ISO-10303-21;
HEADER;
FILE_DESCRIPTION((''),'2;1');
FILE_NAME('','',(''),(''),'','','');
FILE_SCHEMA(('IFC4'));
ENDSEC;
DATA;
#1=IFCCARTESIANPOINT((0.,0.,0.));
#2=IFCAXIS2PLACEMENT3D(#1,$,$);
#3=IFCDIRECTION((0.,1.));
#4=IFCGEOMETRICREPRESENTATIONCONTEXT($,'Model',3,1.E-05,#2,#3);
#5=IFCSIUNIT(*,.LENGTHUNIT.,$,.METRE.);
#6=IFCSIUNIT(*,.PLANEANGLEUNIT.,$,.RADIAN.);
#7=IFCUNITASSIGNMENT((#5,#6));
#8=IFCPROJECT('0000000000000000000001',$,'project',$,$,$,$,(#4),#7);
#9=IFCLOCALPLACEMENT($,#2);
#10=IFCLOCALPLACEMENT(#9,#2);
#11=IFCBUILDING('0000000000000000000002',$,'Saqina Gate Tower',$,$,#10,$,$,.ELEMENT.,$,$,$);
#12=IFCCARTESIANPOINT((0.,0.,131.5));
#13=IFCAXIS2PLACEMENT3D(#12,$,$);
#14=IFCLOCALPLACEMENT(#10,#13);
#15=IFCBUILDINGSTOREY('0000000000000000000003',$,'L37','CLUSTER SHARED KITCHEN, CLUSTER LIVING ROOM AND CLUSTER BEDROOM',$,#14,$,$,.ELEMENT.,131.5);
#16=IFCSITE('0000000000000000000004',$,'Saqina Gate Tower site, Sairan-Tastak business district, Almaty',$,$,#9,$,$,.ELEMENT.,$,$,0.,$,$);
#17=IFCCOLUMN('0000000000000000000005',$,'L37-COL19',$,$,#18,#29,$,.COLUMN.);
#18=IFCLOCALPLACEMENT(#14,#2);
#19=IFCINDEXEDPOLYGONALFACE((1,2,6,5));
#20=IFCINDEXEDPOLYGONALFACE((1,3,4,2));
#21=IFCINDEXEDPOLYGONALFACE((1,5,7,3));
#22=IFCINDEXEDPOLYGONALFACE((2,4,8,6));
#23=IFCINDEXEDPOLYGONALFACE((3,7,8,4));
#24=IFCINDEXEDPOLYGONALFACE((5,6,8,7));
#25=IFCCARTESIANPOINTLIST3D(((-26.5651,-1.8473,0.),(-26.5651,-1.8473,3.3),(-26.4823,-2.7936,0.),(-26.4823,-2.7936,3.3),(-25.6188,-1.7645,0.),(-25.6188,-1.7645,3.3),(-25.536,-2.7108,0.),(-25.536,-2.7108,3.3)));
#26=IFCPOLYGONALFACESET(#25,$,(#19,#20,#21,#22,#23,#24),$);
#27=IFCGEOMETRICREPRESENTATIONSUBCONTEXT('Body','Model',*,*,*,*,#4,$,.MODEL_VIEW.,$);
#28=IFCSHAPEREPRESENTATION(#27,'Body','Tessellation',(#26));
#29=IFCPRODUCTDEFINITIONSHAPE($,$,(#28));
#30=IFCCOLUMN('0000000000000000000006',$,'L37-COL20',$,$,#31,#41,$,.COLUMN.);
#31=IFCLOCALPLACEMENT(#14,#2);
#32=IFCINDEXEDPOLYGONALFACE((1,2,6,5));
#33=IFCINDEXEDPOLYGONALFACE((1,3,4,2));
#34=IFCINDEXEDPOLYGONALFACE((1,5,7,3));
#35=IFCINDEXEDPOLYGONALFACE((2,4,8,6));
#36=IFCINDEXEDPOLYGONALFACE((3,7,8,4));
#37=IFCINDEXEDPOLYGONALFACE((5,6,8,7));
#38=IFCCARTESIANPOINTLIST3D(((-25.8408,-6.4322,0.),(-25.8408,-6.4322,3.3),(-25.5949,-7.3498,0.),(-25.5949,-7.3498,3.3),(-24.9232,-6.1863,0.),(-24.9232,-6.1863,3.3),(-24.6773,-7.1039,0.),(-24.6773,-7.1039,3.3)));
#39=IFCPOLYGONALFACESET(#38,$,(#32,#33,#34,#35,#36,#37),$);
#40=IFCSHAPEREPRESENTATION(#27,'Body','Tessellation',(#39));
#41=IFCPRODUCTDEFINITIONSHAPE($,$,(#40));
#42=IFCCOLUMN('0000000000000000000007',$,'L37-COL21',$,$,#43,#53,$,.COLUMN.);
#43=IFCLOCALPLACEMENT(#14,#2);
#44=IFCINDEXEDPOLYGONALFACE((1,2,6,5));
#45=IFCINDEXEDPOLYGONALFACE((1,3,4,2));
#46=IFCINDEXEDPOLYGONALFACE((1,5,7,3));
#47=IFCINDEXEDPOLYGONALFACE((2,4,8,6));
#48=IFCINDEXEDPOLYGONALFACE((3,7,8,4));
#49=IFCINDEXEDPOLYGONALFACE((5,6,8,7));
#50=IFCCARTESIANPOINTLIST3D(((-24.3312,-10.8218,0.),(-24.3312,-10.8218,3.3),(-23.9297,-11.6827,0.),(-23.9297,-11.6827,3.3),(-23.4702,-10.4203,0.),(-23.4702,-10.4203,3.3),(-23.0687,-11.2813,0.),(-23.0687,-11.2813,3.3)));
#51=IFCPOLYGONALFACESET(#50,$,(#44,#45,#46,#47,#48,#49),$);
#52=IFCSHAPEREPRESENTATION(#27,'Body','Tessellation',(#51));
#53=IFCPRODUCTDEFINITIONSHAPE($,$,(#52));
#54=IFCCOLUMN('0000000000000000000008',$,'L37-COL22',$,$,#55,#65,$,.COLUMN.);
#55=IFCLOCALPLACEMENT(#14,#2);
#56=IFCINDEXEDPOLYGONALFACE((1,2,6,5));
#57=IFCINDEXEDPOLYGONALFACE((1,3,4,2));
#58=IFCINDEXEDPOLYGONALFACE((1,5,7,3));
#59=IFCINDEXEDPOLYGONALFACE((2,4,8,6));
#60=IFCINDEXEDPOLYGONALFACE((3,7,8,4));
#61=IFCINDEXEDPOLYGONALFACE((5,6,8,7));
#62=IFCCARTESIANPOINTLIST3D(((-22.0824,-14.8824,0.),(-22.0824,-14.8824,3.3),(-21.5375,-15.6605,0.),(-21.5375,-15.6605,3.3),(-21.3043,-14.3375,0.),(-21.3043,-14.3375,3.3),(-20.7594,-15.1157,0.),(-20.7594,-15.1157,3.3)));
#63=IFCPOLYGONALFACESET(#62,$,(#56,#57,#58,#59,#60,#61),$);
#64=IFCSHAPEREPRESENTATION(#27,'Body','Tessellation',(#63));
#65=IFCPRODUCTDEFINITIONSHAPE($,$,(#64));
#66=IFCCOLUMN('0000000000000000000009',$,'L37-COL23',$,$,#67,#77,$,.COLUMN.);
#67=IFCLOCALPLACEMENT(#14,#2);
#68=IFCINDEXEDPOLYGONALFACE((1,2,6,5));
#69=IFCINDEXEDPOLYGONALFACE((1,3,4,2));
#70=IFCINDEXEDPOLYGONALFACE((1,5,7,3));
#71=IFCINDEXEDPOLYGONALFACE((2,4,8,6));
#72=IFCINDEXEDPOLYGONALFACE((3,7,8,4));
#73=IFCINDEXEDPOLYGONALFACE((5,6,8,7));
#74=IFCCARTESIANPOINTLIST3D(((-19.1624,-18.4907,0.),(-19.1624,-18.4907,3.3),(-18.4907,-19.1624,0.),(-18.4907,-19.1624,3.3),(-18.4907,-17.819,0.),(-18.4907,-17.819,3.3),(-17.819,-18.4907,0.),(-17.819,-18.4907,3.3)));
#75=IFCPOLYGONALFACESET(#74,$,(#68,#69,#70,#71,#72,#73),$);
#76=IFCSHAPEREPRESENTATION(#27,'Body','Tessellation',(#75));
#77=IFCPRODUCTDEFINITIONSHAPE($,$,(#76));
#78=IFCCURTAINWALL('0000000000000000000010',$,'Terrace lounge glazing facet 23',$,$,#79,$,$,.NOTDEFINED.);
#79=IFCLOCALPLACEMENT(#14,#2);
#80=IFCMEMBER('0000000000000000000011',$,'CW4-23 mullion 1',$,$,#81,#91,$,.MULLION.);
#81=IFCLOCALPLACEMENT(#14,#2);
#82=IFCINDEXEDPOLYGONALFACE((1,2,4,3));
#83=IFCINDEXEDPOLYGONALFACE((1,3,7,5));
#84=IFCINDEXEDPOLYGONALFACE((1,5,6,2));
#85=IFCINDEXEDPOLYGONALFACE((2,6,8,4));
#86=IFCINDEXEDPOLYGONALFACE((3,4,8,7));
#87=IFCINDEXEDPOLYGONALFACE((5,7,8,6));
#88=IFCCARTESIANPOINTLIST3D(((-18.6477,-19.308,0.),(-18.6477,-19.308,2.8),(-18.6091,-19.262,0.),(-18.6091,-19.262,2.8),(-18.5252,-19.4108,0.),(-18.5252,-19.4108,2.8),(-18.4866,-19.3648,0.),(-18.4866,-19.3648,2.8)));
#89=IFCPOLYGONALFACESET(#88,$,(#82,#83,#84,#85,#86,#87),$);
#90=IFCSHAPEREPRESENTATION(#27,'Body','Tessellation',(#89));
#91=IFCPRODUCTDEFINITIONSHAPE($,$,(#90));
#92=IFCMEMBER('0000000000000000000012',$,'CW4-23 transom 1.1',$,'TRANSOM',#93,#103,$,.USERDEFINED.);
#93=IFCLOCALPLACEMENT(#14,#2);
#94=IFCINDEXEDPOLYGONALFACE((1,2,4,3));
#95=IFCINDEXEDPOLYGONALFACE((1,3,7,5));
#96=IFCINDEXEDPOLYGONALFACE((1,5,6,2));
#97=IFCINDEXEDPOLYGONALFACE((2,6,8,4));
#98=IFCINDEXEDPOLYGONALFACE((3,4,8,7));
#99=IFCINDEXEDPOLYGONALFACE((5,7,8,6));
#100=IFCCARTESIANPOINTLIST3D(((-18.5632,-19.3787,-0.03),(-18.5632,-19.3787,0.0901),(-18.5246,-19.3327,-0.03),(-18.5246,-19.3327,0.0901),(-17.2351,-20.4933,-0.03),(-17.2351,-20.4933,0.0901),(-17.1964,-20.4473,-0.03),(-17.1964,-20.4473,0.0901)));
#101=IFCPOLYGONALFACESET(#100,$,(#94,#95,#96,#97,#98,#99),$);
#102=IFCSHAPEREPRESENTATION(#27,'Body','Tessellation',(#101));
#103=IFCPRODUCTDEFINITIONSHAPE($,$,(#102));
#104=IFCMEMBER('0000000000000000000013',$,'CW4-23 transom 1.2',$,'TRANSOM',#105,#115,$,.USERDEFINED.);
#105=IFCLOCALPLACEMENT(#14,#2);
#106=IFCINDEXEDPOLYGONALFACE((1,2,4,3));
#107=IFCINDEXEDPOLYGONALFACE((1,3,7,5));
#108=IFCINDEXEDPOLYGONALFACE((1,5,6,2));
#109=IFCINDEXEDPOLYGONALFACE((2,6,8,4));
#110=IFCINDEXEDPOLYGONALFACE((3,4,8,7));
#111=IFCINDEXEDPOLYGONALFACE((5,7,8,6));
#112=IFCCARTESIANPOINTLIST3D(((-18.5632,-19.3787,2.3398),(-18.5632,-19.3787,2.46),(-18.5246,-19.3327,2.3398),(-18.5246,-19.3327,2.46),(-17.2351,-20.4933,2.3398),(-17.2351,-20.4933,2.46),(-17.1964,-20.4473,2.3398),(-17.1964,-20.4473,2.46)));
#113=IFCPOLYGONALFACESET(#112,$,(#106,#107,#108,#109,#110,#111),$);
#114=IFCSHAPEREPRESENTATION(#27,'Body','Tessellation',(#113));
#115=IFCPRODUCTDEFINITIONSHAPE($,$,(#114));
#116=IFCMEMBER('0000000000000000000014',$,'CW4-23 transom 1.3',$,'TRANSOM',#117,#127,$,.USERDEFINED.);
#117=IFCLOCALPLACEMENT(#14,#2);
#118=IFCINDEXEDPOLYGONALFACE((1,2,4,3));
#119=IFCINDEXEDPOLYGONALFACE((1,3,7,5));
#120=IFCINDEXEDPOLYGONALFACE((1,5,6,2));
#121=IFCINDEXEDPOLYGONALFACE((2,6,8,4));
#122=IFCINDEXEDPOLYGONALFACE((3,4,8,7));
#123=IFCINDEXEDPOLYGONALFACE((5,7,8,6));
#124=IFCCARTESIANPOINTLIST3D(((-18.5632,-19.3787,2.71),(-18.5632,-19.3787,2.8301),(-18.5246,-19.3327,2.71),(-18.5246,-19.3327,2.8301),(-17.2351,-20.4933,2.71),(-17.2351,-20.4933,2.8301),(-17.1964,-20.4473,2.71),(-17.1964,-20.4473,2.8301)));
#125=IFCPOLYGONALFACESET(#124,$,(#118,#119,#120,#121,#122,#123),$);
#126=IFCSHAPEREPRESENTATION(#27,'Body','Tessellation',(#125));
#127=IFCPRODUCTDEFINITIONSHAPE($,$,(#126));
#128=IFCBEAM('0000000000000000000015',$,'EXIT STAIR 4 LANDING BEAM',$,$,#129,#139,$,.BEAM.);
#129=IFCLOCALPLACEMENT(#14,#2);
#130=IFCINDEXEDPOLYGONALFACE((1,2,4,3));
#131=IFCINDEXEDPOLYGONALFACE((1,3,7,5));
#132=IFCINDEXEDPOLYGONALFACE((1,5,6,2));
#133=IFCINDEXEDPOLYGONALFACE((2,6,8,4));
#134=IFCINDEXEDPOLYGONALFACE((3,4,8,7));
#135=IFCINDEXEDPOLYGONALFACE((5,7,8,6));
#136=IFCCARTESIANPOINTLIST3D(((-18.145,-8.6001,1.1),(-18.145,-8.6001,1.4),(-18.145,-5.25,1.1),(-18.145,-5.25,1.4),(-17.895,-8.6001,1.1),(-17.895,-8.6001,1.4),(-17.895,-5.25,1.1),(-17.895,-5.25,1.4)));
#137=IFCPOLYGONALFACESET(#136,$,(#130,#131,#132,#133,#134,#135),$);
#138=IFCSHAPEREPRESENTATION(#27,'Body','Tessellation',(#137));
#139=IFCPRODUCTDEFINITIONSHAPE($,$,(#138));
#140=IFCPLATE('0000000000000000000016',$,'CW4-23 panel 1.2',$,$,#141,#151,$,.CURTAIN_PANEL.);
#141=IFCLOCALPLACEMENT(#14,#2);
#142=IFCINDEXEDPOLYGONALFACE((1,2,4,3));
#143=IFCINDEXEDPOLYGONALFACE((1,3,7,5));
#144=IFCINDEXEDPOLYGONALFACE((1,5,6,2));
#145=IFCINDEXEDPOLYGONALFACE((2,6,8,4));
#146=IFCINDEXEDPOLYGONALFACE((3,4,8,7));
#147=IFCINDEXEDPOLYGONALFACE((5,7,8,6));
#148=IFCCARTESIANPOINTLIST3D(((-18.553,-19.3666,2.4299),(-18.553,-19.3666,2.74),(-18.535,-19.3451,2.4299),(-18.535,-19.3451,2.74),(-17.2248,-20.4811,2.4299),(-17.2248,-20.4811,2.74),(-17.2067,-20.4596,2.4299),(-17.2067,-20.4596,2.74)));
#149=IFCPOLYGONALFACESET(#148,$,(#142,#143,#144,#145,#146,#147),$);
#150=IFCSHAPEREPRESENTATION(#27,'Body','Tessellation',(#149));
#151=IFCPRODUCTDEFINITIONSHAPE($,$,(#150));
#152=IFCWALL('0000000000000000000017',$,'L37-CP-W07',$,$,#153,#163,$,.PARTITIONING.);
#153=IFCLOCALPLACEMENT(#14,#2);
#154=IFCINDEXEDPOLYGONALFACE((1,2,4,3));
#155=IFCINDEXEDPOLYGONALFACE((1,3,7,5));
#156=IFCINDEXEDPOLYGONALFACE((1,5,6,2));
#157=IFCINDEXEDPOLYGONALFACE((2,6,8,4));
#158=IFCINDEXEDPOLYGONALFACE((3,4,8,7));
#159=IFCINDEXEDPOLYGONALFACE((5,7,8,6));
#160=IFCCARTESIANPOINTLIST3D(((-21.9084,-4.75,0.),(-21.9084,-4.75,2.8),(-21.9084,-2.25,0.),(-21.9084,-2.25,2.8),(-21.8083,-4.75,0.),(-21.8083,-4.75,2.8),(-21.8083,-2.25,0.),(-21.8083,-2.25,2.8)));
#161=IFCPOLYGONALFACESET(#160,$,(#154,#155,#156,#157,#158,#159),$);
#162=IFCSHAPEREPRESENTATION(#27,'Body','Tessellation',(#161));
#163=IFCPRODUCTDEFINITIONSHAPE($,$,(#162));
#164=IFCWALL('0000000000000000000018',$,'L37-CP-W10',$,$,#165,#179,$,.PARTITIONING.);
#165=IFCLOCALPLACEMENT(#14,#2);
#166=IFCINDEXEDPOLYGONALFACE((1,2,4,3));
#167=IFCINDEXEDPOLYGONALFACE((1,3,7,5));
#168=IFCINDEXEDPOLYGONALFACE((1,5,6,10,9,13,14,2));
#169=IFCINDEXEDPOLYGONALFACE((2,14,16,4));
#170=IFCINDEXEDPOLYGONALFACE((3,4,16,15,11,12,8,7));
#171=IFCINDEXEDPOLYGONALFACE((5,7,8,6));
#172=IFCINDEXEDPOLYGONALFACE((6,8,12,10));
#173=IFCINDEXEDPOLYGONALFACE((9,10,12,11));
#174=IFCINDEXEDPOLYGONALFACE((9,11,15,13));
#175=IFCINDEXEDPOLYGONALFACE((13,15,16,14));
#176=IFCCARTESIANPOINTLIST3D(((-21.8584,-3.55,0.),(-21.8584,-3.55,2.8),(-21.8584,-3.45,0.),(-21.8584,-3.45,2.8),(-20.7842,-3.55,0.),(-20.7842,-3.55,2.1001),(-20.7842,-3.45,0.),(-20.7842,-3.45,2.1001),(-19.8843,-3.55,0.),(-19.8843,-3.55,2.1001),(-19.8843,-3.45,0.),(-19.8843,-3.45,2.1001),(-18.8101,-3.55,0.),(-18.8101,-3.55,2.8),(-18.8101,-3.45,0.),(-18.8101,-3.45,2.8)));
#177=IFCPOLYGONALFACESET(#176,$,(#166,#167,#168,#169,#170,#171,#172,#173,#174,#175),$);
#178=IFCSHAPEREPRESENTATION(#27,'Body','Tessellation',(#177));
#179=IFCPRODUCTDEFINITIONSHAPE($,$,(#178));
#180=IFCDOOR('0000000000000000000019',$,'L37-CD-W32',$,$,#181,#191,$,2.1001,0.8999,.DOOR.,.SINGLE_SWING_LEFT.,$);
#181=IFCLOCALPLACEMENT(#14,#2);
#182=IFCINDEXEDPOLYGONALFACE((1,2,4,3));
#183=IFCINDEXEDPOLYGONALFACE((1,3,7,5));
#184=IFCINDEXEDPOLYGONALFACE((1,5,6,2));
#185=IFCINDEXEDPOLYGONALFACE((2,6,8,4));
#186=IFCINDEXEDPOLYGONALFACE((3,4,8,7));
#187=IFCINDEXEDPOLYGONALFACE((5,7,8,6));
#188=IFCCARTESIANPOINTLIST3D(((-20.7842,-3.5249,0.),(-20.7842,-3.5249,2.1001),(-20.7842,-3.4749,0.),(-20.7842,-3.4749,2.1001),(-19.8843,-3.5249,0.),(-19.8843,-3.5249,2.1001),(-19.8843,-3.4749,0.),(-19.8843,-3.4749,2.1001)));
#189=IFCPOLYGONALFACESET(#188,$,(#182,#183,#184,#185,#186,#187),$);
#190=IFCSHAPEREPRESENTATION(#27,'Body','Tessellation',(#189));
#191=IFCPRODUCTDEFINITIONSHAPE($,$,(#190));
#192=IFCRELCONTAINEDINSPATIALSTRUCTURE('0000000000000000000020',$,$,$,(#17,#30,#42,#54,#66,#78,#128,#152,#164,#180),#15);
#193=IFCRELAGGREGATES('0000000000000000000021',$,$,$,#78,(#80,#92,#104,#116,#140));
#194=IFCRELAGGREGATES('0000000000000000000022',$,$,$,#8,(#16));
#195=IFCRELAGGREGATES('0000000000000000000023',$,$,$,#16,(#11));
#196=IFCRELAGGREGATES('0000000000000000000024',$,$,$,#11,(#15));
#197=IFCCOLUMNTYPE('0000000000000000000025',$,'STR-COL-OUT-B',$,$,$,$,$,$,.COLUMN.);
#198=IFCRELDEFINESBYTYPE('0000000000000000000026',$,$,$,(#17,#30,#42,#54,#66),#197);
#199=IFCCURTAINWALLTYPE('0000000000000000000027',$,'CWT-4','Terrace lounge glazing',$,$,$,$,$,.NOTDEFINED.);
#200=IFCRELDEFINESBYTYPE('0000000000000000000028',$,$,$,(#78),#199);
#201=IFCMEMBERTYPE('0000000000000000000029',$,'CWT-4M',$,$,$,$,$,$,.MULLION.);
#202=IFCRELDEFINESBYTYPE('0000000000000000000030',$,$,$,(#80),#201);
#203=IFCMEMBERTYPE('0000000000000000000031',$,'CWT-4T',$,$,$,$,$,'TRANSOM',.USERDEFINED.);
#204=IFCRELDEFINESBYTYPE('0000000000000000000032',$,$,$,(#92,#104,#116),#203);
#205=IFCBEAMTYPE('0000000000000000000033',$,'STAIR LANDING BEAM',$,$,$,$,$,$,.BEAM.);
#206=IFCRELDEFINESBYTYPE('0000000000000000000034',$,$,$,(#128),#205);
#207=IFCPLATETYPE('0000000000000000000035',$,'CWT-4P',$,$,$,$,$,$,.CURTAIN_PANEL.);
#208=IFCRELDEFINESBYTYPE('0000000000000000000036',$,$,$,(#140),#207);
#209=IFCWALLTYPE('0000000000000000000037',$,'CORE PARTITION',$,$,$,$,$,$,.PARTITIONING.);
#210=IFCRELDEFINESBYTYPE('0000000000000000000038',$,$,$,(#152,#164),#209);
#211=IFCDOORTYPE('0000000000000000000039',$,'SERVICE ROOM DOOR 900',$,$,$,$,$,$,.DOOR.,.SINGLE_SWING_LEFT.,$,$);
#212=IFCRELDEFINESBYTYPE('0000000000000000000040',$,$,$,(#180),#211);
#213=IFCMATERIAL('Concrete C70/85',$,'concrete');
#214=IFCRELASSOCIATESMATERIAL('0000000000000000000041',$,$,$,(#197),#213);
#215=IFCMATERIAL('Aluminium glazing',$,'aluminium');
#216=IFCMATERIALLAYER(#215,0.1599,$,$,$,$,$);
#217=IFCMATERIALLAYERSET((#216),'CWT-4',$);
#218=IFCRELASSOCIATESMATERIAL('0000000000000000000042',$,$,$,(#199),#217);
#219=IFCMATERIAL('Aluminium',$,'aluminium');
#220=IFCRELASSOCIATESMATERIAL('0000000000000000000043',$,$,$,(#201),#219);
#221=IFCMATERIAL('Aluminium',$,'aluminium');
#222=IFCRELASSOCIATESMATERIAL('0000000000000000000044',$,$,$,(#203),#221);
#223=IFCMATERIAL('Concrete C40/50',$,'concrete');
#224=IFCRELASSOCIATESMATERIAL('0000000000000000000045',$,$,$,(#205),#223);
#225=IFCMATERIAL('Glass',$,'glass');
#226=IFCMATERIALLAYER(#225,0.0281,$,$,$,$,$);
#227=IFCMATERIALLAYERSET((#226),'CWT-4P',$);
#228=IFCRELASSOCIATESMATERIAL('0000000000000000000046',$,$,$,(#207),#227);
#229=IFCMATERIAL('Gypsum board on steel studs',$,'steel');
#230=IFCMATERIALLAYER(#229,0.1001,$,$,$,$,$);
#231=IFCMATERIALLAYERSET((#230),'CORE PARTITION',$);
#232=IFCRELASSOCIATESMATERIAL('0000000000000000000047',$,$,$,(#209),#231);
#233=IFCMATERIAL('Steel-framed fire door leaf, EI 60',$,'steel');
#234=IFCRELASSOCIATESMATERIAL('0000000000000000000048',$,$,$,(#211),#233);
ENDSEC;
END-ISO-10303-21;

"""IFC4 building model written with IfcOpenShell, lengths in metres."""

from ifc_helpers import new_model, si_unit, direction, frame, frame_2d, origin, origin_2d, place, context, subcontext, project, spatial, rectangle, extrude, material, layer, layer_set, material_profile, profile_set, type_object, element, fill, aggregate, save


model = new_model("IFC4")

# Units and contexts
model_context = context("Model", 3, precision=1e-05, world=origin(), true_north=direction((0.0, 1.0)))
body_context = subcontext(model_context, "Body", "Model", "MODEL_VIEW")
ifc_project = project(units=[si_unit("LENGTHUNIT", "METRE"), si_unit("PLANEANGLEUNIT", "RADIAN")], contexts=[model_context])

# Site, building, storey
site_placement = place(None, origin())
site = spatial("IfcSite", under=ifc_project, at=site_placement, Name="Saqina Gate Tower site, Sairan-Tastak business district, Almaty", CompositionType="ELEMENT", RefElevation=0.0)
building_placement = place(site_placement, origin())
building = spatial("IfcBuilding", under=site, at=building_placement, Name="Saqina Gate Tower", CompositionType="ELEMENT")
storey_placement = place(building_placement, frame((0.0, 0.0, 131.5)))
storey = spatial("IfcBuildingStorey", under=building, at=storey_placement, Name="L37", Description="CLUSTER SHARED KITCHEN, CLUSTER LIVING ROOM AND CLUSTER BEDROOM", CompositionType="ELEMENT", Elevation=131.5)

# Columns
ifc_material_1 = material(Name="Concrete C70/85", Category="concrete")
ifc_material_profile_1 = material_profile(ifc_material_1, rectangle(XDim=0.95, YDim=0.95, at=origin_2d()), Name="RC 950x950")
ifc_profile_set_1 = profile_set([ifc_material_profile_1], Name="Concrete C70/85")
column_type = type_object("IfcColumnType", Name="STR-COL-OUT-B", PredefinedType="COLUMN", material=ifc_profile_set_1)
for number, where, z_axis, x_axis, name in (
    (1, (-26.0505, -2.2791, 0.0), (0.0, 0.0, 1.0), (-0.996195, -0.087156, 0.0), "L37-COL19"),
    (2, (-25.259, -6.7681, 0.0), (0.0, 0.0, 1.0), (-0.965926, -0.258819, 0.0), "L37-COL20"),
    (3, (-23.7, -11.0515, 0.0), (0.0, 0.0, 1.0), (-0.906308, -0.422618, 0.0), "L37-COL21"),
    (4, (-21.4209, -14.999, 0.0), (0.0, 0.0, 1.0), (-0.819152, -0.573576, 0.0), "L37-COL22"),
    (5, (-18.4907, -18.4907, 0.0), (0.0, 0.0, 1.0), (-0.707107, -0.707107, 0.0), "L37-COL23"),
):
    element("IfcColumn", number, at=place(storey_placement, frame(where, z_axis=z_axis, x_axis=x_axis)), inside=storey, type_object=column_type, Name=name, PredefinedType="COLUMN", context=body_context, shape_type="SweptSolid", body=[
        extrude(rectangle(XDim=0.95, YDim=0.95, at=origin_2d()), origin(), (0.0, 0.0, 1.0), 3.3),
    ])

# Curtain wall, members
ifc_material_2 = material(Name="Aluminium glazing", Category="aluminium")
ifc_layer_1 = layer(ifc_material_2, 0.1599)
ifc_layer_set_1 = layer_set([ifc_layer_1], Name="CWT-4")
curtain_wall_type = type_object("IfcCurtainWallType", Name="CWT-4", Description="Terrace lounge glazing", PredefinedType="NOTDEFINED", material=ifc_layer_set_1)
curtain_wall_placement = place(storey_placement, origin())
curtain_wall = element("IfcCurtainWall", 6, at=curtain_wall_placement, inside=storey, type_object=curtain_wall_type, Name="Terrace lounge glazing facet 23", PredefinedType="NOTDEFINED")
ifc_material_3 = material(Name="Aluminium", Category="aluminium")
ifc_material_profile_2 = material_profile(ifc_material_3, rectangle(XDim=0.0601, YDim=0.1599, at=origin_2d()), Name="Aluminium 60x160")
ifc_profile_set_2 = profile_set([ifc_material_profile_2], Name="Aluminium")
member_type_1 = type_object("IfcMemberType", Name="CWT-4M", PredefinedType="MULLION", material=ifc_profile_set_2)
member_1_placement = place(storey_placement, frame((-18.5671, -19.3364, 0.0), z_axis=(0.0, 0.0, 1.0), x_axis=(0.642791, 0.766042, 0.0)))
member_1 = element("IfcMember", 7, at=member_1_placement, type_object=member_type_1, Name="CW4-23 mullion 1", PredefinedType="MULLION", context=body_context, shape_type="SweptSolid", body=[
    extrude(rectangle(XDim=0.0601, YDim=0.1599, at=origin_2d()), origin(), (0.0, 0.0, 1.0), 2.8),
])
ifc_material_4 = material(Name="Aluminium", Category="aluminium")
ifc_material_profile_3 = material_profile(ifc_material_4, rectangle(XDim=0.0601, YDim=0.1201, at=origin_2d()), Name="Aluminium 60x120")
ifc_profile_set_3 = profile_set([ifc_material_profile_3], Name="Aluminium")
member_type_2 = type_object("IfcMemberType", Name="CWT-4T", ElementType="TRANSOM", PredefinedType="USERDEFINED", material=ifc_profile_set_3)
member_2_placement = place(storey_placement, frame((-18.5439, -19.3557, 0.03), z_axis=(0.766024, -0.642812, 0.0), x_axis=(0.642812, 0.766024, 0.0)))
member_2 = element("IfcMember", 8, at=member_2_placement, type_object=member_type_2, Name="CW4-23 transom 1.1", ObjectType="TRANSOM", PredefinedType="USERDEFINED", context=body_context, shape_type="SweptSolid", body=[
    extrude(rectangle(XDim=0.0601, YDim=0.1201, at=origin_2d()), origin(), (0.0, 0.0, 1.0), 1.7339),
])
member_3_placement = place(storey_placement, frame((-18.5439, -19.3557, 2.3999), z_axis=(0.766024, -0.642812, 0.0), x_axis=(0.642812, 0.766024, 0.0)))
member_3 = element("IfcMember", 9, at=member_3_placement, type_object=member_type_2, Name="CW4-23 transom 1.2", ObjectType="TRANSOM", PredefinedType="USERDEFINED", context=body_context, shape_type="SweptSolid", body=[
    extrude(rectangle(XDim=0.0601, YDim=0.1201, at=origin_2d()), origin(), (0.0, 0.0, 1.0), 1.7339),
])
member_4_placement = place(storey_placement, frame((-18.5439, -19.3557, 2.77), z_axis=(0.766024, -0.642812, 0.0), x_axis=(0.642812, 0.766024, 0.0)))
member_4 = element("IfcMember", 10, at=member_4_placement, type_object=member_type_2, Name="CW4-23 transom 1.3", ObjectType="TRANSOM", PredefinedType="USERDEFINED", context=body_context, shape_type="SweptSolid", body=[
    extrude(rectangle(XDim=0.0601, YDim=0.1201, at=origin_2d()), origin(), (0.0, 0.0, 1.0), 1.7339),
])

# Beam
ifc_material_5 = material(Name="Concrete C40/50", Category="concrete")
ifc_material_profile_4 = material_profile(ifc_material_5, rectangle(XDim=0.25, YDim=0.3, at=origin_2d()), Name="STAIR LANDING BEAM")
ifc_profile_set_4 = profile_set([ifc_material_profile_4], Name="Concrete C40/50")
beam_type = type_object("IfcBeamType", Name="STAIR LANDING BEAM", PredefinedType="BEAM", material=ifc_profile_set_4)
beam_placement = place(storey_placement, frame((-18.02, -8.6001, 1.25), z_axis=(0.0, 1.0, 0.0), x_axis=(-1.0, 0.0, 0.0)))
element("IfcBeam", 11, at=beam_placement, inside=storey, type_object=beam_type, Name="EXIT STAIR 4 LANDING BEAM", PredefinedType="BEAM", context=body_context, shape_type="SweptSolid", body=[
    extrude(rectangle(XDim=0.25, YDim=0.3, at=origin_2d()), origin(), (0.0, 0.0, 1.0), 3.3501),
])

# Plate
ifc_material_6 = material(Name="Glass", Category="glass")
ifc_layer_2 = layer(ifc_material_6, 0.0281)
ifc_layer_set_2 = layer_set([ifc_layer_2], Name="CWT-4P")
plate_type = type_object("IfcPlateType", Name="CWT-4P", PredefinedType="CURTAIN_PANEL", material=ifc_layer_set_2)
plate_placement = place(storey_placement, frame((-17.8799, -19.9131, 2.4299), z_axis=(0.0, 0.0, 1.0), x_axis=(0.766042, -0.642791, 0.0)))
plate = element("IfcPlate", 12, at=plate_placement, type_object=plate_type, Name="CW4-23 panel 1.2", PredefinedType="CURTAIN_PANEL", context=body_context, shape_type="SweptSolid", body=[
    extrude(rectangle(XDim=1.7339, YDim=0.0281, at=origin_2d()), origin(), (0.0, 0.0, 1.0), 0.3101),
])
aggregate(curtain_wall, [member_1, member_2, member_3, member_4, plate])

# Wall
ifc_material_7 = material(Name="Gypsum board on steel studs", Category="steel")
ifc_layer_3 = layer(ifc_material_7, 0.1001)
ifc_layer_set_3 = layer_set([ifc_layer_3], Name="CORE PARTITION")
wall_type_1 = type_object("IfcWallType", Name="CORE PARTITION", PredefinedType="PARTITIONING", material=ifc_layer_set_3)
wall_1_placement = place(storey_placement, frame((-21.8584, -4.75, 0.0), z_axis=(0.0, 0.0, 1.0), x_axis=(0.0, 1.0, 0.0)))
element("IfcWall", 13, at=wall_1_placement, inside=storey, type_object=wall_type_1, Name="L37-CP-W07", PredefinedType="PARTITIONING", context=body_context, shape_type="SweptSolid", body=[
    extrude(rectangle(XDim=2.5, YDim=0.1001, at=frame_2d((1.25, 0.0))), origin(), (0.0, 0.0, 1.0), 2.8),
])

# Wall, opening, door
wall_2_placement = place(storey_placement, frame((-18.8101, -3.5, 0.0), z_axis=(0.0, 0.0, 1.0), x_axis=(-1.0, 0.0, 0.0)))
wall_2 = element("IfcWall", 14, at=wall_2_placement, inside=storey, type_object=wall_type_1, Name="L37-CP-W10", PredefinedType="PARTITIONING", context=body_context, shape_type="SweptSolid", body=[
    extrude(rectangle(XDim=3.0483, YDim=0.1001, at=frame_2d((1.5242, 0.0))), origin(), (0.0, 0.0, 1.0), 2.8),
])
opening_1_placement = place(wall_2_placement, frame((1.0742, 0.0, 0.0)))
opening_1 = element("IfcOpeningElement", 15, at=opening_1_placement, cuts=wall_2, PredefinedType="OPENING", context=body_context, shape_type="SweptSolid", body=[
    extrude(rectangle(XDim=0.8999, YDim=2.1001, at=frame_2d((0.45, 1.05))), frame((0.0, 0.062, 0.0), z_axis=(0.0, -1.0, 0.0), x_axis=(1.0, 0.0, 0.0)), (0.0, 0.0, 1.0), 0.124),
])
ifc_material_8 = material(Name="Steel-framed fire door leaf, EI 60", Category="steel")
door_type = type_object("IfcDoorType", Name="SERVICE ROOM DOOR 900", OperationType="SINGLE_SWING_LEFT", PredefinedType="DOOR", material=ifc_material_8)
door_1_placement = place(opening_1_placement, origin())
door_1 = element("IfcDoor", 16, at=door_1_placement, inside=storey, type_object=door_type, Name="L37-CD-W32", OperationType="SINGLE_SWING_LEFT", OverallHeight=2.1001, OverallWidth=0.8999, PredefinedType="DOOR", context=body_context, shape_type="SweptSolid", body=[
    extrude(rectangle(XDim=0.8999, YDim=2.1001, at=frame_2d((0.45, 1.05))), frame((0.0, 0.0249, 0.0), z_axis=(0.0, -1.0, 0.0), x_axis=(1.0, 0.0, 0.0)), (0.0, 0.0, 1.0), 0.05),
])
fill(opening_1, door_1)

save(model, "model.ifc")
